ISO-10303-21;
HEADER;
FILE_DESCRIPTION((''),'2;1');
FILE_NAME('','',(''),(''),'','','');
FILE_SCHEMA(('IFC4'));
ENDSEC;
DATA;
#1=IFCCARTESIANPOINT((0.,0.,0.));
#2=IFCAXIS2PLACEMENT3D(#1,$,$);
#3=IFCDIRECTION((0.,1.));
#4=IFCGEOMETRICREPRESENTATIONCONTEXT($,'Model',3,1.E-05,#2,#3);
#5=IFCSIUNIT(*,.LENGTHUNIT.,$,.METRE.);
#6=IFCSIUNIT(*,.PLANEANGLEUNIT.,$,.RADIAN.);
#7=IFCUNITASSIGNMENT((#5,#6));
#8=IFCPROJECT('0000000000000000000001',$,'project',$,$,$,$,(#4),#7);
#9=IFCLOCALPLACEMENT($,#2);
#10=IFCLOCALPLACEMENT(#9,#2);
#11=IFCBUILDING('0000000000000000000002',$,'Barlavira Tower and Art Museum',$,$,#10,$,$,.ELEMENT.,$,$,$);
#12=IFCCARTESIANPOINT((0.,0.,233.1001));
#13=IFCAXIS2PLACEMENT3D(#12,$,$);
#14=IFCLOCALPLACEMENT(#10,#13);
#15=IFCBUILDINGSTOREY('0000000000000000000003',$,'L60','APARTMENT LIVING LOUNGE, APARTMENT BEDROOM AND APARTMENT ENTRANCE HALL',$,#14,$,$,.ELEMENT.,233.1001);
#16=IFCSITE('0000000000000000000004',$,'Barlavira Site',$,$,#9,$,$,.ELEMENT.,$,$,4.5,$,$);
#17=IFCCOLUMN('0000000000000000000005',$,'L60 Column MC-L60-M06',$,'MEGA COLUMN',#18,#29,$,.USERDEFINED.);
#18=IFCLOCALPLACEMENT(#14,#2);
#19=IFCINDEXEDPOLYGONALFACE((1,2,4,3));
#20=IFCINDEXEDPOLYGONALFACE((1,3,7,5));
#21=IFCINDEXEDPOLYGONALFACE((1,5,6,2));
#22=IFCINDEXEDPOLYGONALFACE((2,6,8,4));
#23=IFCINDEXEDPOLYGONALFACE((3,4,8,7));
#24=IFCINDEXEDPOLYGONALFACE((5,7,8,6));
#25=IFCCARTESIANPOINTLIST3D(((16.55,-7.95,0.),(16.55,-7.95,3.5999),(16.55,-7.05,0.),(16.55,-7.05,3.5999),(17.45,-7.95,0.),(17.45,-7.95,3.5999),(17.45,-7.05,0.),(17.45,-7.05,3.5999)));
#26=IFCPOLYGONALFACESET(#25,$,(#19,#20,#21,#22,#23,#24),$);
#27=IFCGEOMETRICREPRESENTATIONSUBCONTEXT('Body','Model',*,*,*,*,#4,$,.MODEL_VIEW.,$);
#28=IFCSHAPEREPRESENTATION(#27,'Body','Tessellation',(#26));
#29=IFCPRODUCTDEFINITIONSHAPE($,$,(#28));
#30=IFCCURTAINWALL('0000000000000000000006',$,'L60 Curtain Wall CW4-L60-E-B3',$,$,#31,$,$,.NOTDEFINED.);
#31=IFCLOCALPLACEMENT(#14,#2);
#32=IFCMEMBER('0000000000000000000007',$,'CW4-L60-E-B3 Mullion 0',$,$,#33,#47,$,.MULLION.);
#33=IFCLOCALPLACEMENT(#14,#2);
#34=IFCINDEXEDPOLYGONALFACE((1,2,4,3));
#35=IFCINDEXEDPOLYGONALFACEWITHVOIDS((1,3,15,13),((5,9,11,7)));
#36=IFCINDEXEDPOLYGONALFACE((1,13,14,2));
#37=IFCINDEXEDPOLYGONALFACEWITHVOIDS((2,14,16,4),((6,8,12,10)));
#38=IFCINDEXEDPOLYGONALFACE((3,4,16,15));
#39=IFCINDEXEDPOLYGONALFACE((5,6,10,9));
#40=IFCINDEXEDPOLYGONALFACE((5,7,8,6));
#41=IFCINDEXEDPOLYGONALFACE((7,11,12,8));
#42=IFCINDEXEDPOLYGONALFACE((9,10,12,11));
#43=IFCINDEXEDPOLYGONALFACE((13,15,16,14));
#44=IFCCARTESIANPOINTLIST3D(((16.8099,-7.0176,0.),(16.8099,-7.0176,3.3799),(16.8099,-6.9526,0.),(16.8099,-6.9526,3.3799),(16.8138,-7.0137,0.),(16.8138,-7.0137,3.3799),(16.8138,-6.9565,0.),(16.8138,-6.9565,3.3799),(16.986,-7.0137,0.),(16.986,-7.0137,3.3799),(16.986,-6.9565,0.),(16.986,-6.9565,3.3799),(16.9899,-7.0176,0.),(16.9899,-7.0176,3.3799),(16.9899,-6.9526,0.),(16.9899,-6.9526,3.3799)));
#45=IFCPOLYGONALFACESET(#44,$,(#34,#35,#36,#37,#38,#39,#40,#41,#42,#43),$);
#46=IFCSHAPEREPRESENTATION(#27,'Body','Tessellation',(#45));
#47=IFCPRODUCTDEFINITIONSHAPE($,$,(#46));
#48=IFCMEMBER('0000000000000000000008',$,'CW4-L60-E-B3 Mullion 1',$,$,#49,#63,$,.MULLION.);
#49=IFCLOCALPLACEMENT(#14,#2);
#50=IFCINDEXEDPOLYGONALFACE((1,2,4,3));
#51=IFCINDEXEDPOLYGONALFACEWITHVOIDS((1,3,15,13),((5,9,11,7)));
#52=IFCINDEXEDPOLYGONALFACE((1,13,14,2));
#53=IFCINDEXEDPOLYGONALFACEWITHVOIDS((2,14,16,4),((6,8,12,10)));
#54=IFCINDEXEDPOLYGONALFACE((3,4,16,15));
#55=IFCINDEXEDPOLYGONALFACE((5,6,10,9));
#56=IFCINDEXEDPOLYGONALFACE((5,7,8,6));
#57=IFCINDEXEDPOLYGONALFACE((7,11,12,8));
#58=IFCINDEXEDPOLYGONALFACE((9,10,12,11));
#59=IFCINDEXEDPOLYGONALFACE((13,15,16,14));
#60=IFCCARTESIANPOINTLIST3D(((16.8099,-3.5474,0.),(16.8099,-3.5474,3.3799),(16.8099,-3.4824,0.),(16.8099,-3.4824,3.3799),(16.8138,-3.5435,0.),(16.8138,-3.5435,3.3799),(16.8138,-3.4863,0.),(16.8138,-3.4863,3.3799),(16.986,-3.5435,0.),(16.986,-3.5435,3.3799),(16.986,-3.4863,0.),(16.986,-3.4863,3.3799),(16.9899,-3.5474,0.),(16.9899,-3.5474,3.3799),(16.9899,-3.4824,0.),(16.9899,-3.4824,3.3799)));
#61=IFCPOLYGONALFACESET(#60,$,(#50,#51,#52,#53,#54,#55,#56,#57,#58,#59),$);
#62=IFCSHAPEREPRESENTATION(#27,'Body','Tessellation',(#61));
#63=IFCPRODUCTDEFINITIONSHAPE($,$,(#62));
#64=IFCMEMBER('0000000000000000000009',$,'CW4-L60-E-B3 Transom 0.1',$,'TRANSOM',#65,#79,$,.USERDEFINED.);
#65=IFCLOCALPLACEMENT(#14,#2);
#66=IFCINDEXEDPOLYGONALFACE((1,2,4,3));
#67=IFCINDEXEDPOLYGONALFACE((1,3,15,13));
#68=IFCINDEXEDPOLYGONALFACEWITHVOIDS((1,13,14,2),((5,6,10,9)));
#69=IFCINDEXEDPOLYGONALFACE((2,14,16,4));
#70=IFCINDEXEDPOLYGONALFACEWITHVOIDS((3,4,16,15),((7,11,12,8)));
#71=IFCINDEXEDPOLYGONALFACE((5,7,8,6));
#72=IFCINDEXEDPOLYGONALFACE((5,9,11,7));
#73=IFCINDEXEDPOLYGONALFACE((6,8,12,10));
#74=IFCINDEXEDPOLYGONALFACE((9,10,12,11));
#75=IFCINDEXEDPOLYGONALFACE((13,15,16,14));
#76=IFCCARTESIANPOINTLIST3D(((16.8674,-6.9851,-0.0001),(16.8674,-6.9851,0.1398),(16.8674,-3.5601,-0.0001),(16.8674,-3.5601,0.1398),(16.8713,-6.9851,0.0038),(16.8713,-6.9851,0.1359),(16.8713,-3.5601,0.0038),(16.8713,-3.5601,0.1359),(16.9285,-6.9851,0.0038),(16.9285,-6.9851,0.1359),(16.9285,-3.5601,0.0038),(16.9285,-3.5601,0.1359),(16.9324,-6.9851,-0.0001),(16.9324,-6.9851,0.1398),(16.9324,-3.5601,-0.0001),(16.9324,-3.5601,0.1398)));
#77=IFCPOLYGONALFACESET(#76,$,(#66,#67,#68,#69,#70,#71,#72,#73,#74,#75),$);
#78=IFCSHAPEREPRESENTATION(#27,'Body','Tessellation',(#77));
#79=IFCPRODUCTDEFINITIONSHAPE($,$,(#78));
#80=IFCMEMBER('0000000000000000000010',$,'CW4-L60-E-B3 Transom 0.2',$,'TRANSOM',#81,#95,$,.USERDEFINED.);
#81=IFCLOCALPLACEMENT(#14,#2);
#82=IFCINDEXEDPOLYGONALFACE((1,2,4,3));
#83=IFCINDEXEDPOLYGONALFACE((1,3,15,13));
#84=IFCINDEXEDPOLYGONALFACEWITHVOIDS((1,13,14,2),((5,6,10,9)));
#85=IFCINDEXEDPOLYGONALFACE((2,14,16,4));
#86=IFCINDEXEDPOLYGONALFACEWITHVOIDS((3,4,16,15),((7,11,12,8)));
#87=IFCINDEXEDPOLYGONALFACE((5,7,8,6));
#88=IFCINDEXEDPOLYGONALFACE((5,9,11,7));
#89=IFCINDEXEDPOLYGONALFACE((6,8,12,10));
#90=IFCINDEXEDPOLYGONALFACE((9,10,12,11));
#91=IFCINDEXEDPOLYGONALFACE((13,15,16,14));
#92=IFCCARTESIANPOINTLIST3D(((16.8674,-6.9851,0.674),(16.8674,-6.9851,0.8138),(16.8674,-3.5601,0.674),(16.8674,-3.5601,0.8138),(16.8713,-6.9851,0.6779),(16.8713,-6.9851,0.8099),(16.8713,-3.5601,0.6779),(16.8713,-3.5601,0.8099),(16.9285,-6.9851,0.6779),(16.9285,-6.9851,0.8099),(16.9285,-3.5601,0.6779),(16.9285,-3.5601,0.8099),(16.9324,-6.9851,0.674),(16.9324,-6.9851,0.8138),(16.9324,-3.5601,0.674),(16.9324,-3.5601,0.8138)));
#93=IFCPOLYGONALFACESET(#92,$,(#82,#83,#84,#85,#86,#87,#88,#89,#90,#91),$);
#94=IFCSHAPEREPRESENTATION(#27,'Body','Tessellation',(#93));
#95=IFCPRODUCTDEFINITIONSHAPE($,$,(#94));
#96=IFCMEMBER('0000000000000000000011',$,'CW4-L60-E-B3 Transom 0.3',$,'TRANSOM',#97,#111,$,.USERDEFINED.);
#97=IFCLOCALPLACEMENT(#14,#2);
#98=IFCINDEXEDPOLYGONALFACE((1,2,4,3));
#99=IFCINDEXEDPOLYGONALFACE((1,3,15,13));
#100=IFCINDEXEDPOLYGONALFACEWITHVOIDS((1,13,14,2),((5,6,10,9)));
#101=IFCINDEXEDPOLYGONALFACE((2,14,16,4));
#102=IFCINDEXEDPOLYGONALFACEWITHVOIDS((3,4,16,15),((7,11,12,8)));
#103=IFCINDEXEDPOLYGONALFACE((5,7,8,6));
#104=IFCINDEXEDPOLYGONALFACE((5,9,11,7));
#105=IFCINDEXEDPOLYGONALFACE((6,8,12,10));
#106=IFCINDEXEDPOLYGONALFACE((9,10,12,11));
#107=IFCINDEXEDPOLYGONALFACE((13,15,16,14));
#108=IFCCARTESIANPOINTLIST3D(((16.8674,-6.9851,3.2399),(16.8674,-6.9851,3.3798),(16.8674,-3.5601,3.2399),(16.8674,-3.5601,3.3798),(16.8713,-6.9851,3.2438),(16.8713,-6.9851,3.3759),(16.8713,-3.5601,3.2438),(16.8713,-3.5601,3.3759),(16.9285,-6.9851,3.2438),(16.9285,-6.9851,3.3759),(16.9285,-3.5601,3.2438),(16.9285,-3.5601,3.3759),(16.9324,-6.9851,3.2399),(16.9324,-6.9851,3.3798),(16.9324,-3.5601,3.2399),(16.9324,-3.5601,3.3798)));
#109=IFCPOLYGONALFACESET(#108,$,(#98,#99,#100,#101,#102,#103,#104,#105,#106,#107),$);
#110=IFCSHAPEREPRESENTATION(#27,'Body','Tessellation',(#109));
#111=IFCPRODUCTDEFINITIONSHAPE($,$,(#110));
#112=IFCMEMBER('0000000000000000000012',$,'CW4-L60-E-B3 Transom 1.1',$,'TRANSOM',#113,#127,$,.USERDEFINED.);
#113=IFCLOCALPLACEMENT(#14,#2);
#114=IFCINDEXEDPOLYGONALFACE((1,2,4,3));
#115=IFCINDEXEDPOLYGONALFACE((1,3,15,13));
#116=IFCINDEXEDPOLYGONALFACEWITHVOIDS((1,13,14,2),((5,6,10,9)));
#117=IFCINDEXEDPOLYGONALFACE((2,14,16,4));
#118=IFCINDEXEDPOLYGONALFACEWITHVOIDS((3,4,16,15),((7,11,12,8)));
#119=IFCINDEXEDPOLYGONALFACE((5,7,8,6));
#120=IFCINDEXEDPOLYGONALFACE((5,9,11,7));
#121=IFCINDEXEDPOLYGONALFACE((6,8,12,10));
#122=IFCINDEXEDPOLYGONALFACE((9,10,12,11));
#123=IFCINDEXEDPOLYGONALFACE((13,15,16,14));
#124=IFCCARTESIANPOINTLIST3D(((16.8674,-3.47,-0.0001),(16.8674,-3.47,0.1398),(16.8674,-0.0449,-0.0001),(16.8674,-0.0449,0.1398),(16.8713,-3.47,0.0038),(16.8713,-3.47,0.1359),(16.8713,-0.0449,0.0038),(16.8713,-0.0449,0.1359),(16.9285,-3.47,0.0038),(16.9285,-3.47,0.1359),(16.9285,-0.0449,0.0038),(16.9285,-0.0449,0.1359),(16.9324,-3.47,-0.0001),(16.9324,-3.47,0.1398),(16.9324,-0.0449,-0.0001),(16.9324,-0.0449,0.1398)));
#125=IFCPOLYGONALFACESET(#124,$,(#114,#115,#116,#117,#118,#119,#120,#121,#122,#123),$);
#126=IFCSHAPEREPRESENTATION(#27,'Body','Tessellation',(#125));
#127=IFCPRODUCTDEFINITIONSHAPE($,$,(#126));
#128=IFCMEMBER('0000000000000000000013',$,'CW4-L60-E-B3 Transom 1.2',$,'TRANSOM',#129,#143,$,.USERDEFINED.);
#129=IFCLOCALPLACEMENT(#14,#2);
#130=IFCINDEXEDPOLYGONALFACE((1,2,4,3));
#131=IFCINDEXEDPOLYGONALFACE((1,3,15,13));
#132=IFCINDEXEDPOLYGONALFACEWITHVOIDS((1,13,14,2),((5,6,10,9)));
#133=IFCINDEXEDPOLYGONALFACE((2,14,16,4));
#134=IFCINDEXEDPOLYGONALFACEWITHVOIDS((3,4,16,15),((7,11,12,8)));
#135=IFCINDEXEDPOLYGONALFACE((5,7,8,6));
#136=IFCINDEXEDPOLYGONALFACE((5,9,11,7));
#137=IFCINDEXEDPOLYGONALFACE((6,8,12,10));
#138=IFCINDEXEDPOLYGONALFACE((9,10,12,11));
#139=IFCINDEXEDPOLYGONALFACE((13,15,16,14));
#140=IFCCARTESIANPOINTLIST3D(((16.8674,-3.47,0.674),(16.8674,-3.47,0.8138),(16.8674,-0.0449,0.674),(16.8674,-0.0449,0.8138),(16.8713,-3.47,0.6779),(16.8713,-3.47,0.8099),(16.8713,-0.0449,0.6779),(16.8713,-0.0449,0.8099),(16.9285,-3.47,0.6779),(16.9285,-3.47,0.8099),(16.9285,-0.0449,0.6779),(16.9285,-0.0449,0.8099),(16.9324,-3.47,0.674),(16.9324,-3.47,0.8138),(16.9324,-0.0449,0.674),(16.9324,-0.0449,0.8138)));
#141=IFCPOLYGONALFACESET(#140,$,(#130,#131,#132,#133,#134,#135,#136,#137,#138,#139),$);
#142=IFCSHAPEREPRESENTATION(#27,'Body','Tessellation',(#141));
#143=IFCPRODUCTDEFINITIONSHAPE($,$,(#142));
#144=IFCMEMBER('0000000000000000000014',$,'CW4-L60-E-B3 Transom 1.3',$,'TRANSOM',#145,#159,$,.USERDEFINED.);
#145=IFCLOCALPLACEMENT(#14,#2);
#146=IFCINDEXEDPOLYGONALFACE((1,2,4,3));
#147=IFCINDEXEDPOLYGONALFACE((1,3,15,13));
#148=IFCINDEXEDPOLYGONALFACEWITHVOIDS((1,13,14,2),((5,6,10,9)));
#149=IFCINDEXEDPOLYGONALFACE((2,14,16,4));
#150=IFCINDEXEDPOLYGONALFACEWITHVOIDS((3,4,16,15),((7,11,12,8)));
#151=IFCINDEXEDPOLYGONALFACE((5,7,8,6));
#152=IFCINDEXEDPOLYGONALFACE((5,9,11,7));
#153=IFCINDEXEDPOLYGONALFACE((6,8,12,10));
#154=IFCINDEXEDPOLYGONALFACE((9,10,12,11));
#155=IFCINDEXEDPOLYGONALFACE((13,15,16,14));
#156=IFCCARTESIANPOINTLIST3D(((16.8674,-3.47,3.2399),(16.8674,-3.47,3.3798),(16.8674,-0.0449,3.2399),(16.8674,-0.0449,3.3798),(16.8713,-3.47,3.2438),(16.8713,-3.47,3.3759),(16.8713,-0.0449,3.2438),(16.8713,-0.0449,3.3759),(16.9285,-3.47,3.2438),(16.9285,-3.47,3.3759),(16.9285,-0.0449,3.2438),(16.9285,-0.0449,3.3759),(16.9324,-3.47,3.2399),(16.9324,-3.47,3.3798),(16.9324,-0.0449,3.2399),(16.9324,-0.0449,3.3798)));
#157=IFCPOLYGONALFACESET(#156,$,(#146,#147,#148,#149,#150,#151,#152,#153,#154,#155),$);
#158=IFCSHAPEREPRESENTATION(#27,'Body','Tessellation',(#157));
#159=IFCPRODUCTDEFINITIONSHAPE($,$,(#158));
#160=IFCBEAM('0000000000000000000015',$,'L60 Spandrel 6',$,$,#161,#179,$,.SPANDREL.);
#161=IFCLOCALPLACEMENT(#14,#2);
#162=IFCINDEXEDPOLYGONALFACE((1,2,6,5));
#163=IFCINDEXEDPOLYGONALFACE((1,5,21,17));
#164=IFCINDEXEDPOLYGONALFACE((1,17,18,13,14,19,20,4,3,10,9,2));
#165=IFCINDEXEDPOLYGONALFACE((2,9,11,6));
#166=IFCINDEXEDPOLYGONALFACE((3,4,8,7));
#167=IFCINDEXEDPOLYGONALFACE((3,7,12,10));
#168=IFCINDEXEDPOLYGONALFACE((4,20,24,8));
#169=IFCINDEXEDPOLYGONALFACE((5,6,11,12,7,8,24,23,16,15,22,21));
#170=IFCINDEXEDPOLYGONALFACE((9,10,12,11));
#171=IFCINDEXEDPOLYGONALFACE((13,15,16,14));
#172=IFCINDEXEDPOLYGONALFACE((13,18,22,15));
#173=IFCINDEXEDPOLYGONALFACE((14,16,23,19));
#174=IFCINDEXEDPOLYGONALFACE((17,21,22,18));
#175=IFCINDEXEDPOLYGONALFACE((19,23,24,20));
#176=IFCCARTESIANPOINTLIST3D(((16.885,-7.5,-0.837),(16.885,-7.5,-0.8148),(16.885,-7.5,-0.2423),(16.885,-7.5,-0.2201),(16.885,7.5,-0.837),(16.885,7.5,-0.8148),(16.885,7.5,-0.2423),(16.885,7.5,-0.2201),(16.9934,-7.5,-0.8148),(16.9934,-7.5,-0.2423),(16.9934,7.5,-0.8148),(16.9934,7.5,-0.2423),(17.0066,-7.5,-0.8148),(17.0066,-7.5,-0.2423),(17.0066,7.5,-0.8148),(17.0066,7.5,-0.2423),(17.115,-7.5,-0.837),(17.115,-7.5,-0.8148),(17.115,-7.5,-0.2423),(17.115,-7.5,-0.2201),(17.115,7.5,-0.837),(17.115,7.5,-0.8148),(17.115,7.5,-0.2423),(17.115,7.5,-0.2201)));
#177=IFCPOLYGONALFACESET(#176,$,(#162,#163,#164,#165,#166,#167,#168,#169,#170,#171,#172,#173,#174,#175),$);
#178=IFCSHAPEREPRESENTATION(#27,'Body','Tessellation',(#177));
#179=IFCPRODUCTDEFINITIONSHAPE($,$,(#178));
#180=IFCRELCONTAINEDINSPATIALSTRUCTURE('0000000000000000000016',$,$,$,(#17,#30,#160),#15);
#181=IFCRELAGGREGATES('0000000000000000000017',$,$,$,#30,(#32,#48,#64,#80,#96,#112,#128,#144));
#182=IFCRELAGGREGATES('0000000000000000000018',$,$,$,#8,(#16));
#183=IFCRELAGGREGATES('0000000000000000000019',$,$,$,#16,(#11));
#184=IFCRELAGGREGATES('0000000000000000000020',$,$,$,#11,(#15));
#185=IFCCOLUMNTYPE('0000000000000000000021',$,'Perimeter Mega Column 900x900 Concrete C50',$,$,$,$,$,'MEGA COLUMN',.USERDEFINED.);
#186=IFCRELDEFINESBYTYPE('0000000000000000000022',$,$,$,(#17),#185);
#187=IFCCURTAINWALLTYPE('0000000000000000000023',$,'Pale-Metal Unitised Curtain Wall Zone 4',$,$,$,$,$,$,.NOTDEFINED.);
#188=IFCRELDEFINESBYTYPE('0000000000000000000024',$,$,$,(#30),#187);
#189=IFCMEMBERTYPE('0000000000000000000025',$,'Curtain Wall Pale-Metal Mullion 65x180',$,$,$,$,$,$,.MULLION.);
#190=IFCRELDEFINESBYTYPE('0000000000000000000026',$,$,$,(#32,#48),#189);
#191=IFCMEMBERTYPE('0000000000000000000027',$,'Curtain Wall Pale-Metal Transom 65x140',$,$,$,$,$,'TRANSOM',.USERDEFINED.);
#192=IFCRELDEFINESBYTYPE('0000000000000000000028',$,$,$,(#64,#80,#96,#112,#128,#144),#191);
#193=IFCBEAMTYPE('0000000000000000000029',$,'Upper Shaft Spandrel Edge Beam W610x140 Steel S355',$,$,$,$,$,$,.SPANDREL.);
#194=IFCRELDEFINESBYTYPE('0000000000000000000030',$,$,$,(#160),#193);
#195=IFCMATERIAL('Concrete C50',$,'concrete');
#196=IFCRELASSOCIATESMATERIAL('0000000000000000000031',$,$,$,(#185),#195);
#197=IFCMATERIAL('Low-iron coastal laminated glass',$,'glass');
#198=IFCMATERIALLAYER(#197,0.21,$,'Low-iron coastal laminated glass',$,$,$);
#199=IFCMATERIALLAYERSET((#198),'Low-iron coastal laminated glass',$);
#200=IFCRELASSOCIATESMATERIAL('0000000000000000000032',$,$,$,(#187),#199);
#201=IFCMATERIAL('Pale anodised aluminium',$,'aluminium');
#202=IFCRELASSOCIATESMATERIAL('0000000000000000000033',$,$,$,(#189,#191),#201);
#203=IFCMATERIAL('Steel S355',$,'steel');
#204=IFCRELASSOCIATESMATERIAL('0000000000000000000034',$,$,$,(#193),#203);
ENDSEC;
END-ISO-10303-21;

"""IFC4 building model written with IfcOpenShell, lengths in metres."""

from ifc_helpers import new_model, si_unit, direction, frame, origin, origin_2d, place, context, subcontext, project, spatial, rectangle, hollow_rectangle, i_section, extrude, material, layer, layer_set, material_profile, profile_set, type_object, element, aggregate, save


model = new_model("IFC4")

# Units and contexts
model_context = context("Model", 3, precision=1e-05, world=origin(), true_north=direction((0.0, 1.0)))
body_context = subcontext(model_context, "Body", "Model", "MODEL_VIEW")
ifc_project = project(units=[si_unit("LENGTHUNIT", "METRE"), si_unit("PLANEANGLEUNIT", "RADIAN")], contexts=[model_context])

# Site, building, storey
site_placement = place(None, origin())
site = spatial("IfcSite", under=ifc_project, at=site_placement, Name="Barlavira Site", CompositionType="ELEMENT", RefElevation=4.5)
building_placement = place(site_placement, origin())
building = spatial("IfcBuilding", under=site, at=building_placement, Name="Barlavira Tower and Art Museum", CompositionType="ELEMENT")
storey_placement = place(building_placement, frame((0.0, 0.0, 233.1001)))
storey = spatial("IfcBuildingStorey", under=building, at=storey_placement, Name="L60", Description="APARTMENT LIVING LOUNGE, APARTMENT BEDROOM AND APARTMENT ENTRANCE HALL", CompositionType="ELEMENT", Elevation=233.1001)

# Column
ifc_material_1 = material(Name="Concrete C50", Category="concrete")
ifc_material_profile_1 = material_profile(ifc_material_1, rectangle(XDim=0.8999, YDim=0.8999, at=origin_2d()), Name="RC-COL 900x900")
ifc_profile_set_1 = profile_set([ifc_material_profile_1], Name="Concrete C50")
column_type = type_object("IfcColumnType", Name="Perimeter Mega Column 900x900 Concrete C50", ElementType="MEGA COLUMN", PredefinedType="USERDEFINED", material=ifc_profile_set_1)
column_placement = place(storey_placement, frame((17.0, -7.5, 0.0), z_axis=(0.0, 0.0, 1.0), x_axis=(1.0, 0.0, 0.0)))
element("IfcColumn", 1, at=column_placement, inside=storey, type_object=column_type, Name="L60 Column MC-L60-M06", ObjectType="MEGA COLUMN", PredefinedType="USERDEFINED", context=body_context, shape_type="SweptSolid", body=[
    extrude(rectangle(XDim=0.8999, YDim=0.8999, at=origin_2d()), origin(), (0.0, 0.0, 1.0), 3.5999),
])

# Curtain wall, members
ifc_material_2 = material(Name="Low-iron coastal laminated glass", Category="glass")
ifc_layer_1 = layer(ifc_material_2, 0.21, Name="Low-iron coastal laminated glass")
ifc_layer_set_1 = layer_set([ifc_layer_1], Name="Low-iron coastal laminated glass")
curtain_wall_type = type_object("IfcCurtainWallType", Name="Pale-Metal Unitised Curtain Wall Zone 4", PredefinedType="NOTDEFINED", material=ifc_layer_set_1)
curtain_wall_placement = place(storey_placement, origin())
curtain_wall = element("IfcCurtainWall", 2, at=curtain_wall_placement, inside=storey, type_object=curtain_wall_type, Name="L60 Curtain Wall CW4-L60-E-B3", PredefinedType="NOTDEFINED")
ifc_material_3 = material(Name="Pale anodised aluminium", Category="aluminium")
ifc_material_profile_2 = material_profile(ifc_material_3, hollow_rectangle(XDim=0.0649, YDim=0.1799, WallThickness=0.0039, at=origin_2d()), Name="ALU-MULL 65x180x4")
ifc_profile_set_2 = profile_set([ifc_material_profile_2], Name="Pale anodised aluminium")
member_type_1 = type_object("IfcMemberType", Name="Curtain Wall Pale-Metal Mullion 65x180", PredefinedType="MULLION", material=ifc_profile_set_2)
member_1_placement = place(storey_placement, frame((16.8999, -6.9851, 0.0), z_axis=(0.0, 0.0, 1.0), x_axis=(0.0, 1.0, 0.0)))
member_1 = element("IfcMember", 3, at=member_1_placement, type_object=member_type_1, Name="CW4-L60-E-B3 Mullion 0", PredefinedType="MULLION", context=body_context, shape_type="SweptSolid", body=[
    extrude(hollow_rectangle(XDim=0.0649, YDim=0.1799, WallThickness=0.0039, at=origin_2d()), origin(), (0.0, 0.0, 1.0), 3.3799),
])
member_2_placement = place(storey_placement, frame((16.8999, -3.5149, 0.0), z_axis=(0.0, 0.0, 1.0), x_axis=(0.0, 1.0, 0.0)))
member_2 = element("IfcMember", 4, at=member_2_placement, type_object=member_type_1, Name="CW4-L60-E-B3 Mullion 1", PredefinedType="MULLION", context=body_context, shape_type="SweptSolid", body=[
    extrude(hollow_rectangle(XDim=0.0649, YDim=0.1799, WallThickness=0.0039, at=origin_2d()), origin(), (0.0, 0.0, 1.0), 3.3799),
])
ifc_material_profile_3 = material_profile(ifc_material_3, hollow_rectangle(XDim=0.0649, YDim=0.1399, WallThickness=0.0039, at=origin_2d()), Name="ALU-TRAN 65x140x4")
ifc_profile_set_3 = profile_set([ifc_material_profile_3], Name="Pale anodised aluminium")
member_type_2 = type_object("IfcMemberType", Name="Curtain Wall Pale-Metal Transom 65x140", ElementType="TRANSOM", PredefinedType="USERDEFINED", material=ifc_profile_set_3)
member_3_placement = place(storey_placement, frame((16.8999, -6.9851, 0.0698), z_axis=(0.0, 1.0, 0.0), x_axis=(-1.0, 0.0, 0.0)))
member_3 = element("IfcMember", 5, at=member_3_placement, type_object=member_type_2, Name="CW4-L60-E-B3 Transom 0.1", ObjectType="TRANSOM", PredefinedType="USERDEFINED", context=body_context, shape_type="SweptSolid", body=[
    extrude(hollow_rectangle(XDim=0.0649, YDim=0.1399, WallThickness=0.0039, at=origin_2d()), origin(), (0.0, 0.0, 1.0), 3.425),
])
member_4_placement = place(storey_placement, frame((16.8999, -6.9851, 0.7439), z_axis=(0.0, 1.0, 0.0), x_axis=(-1.0, 0.0, 0.0)))
member_4 = element("IfcMember", 6, at=member_4_placement, type_object=member_type_2, Name="CW4-L60-E-B3 Transom 0.2", ObjectType="TRANSOM", PredefinedType="USERDEFINED", context=body_context, shape_type="SweptSolid", body=[
    extrude(hollow_rectangle(XDim=0.0649, YDim=0.1399, WallThickness=0.0039, at=origin_2d()), origin(), (0.0, 0.0, 1.0), 3.425),
])
member_5_placement = place(storey_placement, frame((16.8999, -6.9851, 3.3098), z_axis=(0.0, 1.0, 0.0), x_axis=(-1.0, 0.0, 0.0)))
member_5 = element("IfcMember", 7, at=member_5_placement, type_object=member_type_2, Name="CW4-L60-E-B3 Transom 0.3", ObjectType="TRANSOM", PredefinedType="USERDEFINED", context=body_context, shape_type="SweptSolid", body=[
    extrude(hollow_rectangle(XDim=0.0649, YDim=0.1399, WallThickness=0.0039, at=origin_2d()), origin(), (0.0, 0.0, 1.0), 3.425),
])
member_6_placement = place(storey_placement, frame((16.8999, -3.47, 0.0698), z_axis=(0.0, 1.0, 0.0), x_axis=(-1.0, 0.0, 0.0)))
member_6 = element("IfcMember", 8, at=member_6_placement, type_object=member_type_2, Name="CW4-L60-E-B3 Transom 1.1", ObjectType="TRANSOM", PredefinedType="USERDEFINED", context=body_context, shape_type="SweptSolid", body=[
    extrude(hollow_rectangle(XDim=0.0649, YDim=0.1399, WallThickness=0.0039, at=origin_2d()), origin(), (0.0, 0.0, 1.0), 3.425),
])
member_7_placement = place(storey_placement, frame((16.8999, -3.47, 0.7439), z_axis=(0.0, 1.0, 0.0), x_axis=(-1.0, 0.0, 0.0)))
member_7 = element("IfcMember", 9, at=member_7_placement, type_object=member_type_2, Name="CW4-L60-E-B3 Transom 1.2", ObjectType="TRANSOM", PredefinedType="USERDEFINED", context=body_context, shape_type="SweptSolid", body=[
    extrude(hollow_rectangle(XDim=0.0649, YDim=0.1399, WallThickness=0.0039, at=origin_2d()), origin(), (0.0, 0.0, 1.0), 3.425),
])
member_8_placement = place(storey_placement, frame((16.8999, -3.47, 3.3098), z_axis=(0.0, 1.0, 0.0), x_axis=(-1.0, 0.0, 0.0)))
member_8 = element("IfcMember", 10, at=member_8_placement, type_object=member_type_2, Name="CW4-L60-E-B3 Transom 1.3", ObjectType="TRANSOM", PredefinedType="USERDEFINED", context=body_context, shape_type="SweptSolid", body=[
    extrude(hollow_rectangle(XDim=0.0649, YDim=0.1399, WallThickness=0.0039, at=origin_2d()), origin(), (0.0, 0.0, 1.0), 3.425),
])

# Beam
ifc_material_4 = material(Name="Steel S355", Category="steel")
ifc_material_profile_4 = material_profile(ifc_material_4, i_section(OverallWidth=0.23, OverallDepth=0.6169, WebThickness=0.0132, FlangeThickness=0.0222, at=origin_2d()), Name="W610x140.0")
ifc_profile_set_4 = profile_set([ifc_material_profile_4], Name="Steel S355")
beam_type_1 = type_object("IfcBeamType", Name="Upper Shaft Spandrel Edge Beam W610x140 Steel S355", PredefinedType="SPANDREL", material=ifc_profile_set_4)
beam_1_placement = place(storey_placement, frame((17.0, -7.5, -0.5286), z_axis=(0.0, 1.0, 0.0), x_axis=(-1.0, 0.0, 0.0)))
element("IfcBeam", 11, at=beam_1_placement, inside=storey, type_object=beam_type_1, Name="L60 Spandrel 6", PredefinedType="SPANDREL", context=body_context, shape_type="SweptSolid", body=[
    extrude(i_section(OverallWidth=0.23, OverallDepth=0.6169, WebThickness=0.0132, FlangeThickness=0.0222, at=origin_2d()), origin(), (0.0, 0.0, 1.0), 15.0),
])

aggregate(curtain_wall, [member_1, member_2, member_3, member_4, member_5, member_6, member_7, member_8])

save(model, "model.ifc")
